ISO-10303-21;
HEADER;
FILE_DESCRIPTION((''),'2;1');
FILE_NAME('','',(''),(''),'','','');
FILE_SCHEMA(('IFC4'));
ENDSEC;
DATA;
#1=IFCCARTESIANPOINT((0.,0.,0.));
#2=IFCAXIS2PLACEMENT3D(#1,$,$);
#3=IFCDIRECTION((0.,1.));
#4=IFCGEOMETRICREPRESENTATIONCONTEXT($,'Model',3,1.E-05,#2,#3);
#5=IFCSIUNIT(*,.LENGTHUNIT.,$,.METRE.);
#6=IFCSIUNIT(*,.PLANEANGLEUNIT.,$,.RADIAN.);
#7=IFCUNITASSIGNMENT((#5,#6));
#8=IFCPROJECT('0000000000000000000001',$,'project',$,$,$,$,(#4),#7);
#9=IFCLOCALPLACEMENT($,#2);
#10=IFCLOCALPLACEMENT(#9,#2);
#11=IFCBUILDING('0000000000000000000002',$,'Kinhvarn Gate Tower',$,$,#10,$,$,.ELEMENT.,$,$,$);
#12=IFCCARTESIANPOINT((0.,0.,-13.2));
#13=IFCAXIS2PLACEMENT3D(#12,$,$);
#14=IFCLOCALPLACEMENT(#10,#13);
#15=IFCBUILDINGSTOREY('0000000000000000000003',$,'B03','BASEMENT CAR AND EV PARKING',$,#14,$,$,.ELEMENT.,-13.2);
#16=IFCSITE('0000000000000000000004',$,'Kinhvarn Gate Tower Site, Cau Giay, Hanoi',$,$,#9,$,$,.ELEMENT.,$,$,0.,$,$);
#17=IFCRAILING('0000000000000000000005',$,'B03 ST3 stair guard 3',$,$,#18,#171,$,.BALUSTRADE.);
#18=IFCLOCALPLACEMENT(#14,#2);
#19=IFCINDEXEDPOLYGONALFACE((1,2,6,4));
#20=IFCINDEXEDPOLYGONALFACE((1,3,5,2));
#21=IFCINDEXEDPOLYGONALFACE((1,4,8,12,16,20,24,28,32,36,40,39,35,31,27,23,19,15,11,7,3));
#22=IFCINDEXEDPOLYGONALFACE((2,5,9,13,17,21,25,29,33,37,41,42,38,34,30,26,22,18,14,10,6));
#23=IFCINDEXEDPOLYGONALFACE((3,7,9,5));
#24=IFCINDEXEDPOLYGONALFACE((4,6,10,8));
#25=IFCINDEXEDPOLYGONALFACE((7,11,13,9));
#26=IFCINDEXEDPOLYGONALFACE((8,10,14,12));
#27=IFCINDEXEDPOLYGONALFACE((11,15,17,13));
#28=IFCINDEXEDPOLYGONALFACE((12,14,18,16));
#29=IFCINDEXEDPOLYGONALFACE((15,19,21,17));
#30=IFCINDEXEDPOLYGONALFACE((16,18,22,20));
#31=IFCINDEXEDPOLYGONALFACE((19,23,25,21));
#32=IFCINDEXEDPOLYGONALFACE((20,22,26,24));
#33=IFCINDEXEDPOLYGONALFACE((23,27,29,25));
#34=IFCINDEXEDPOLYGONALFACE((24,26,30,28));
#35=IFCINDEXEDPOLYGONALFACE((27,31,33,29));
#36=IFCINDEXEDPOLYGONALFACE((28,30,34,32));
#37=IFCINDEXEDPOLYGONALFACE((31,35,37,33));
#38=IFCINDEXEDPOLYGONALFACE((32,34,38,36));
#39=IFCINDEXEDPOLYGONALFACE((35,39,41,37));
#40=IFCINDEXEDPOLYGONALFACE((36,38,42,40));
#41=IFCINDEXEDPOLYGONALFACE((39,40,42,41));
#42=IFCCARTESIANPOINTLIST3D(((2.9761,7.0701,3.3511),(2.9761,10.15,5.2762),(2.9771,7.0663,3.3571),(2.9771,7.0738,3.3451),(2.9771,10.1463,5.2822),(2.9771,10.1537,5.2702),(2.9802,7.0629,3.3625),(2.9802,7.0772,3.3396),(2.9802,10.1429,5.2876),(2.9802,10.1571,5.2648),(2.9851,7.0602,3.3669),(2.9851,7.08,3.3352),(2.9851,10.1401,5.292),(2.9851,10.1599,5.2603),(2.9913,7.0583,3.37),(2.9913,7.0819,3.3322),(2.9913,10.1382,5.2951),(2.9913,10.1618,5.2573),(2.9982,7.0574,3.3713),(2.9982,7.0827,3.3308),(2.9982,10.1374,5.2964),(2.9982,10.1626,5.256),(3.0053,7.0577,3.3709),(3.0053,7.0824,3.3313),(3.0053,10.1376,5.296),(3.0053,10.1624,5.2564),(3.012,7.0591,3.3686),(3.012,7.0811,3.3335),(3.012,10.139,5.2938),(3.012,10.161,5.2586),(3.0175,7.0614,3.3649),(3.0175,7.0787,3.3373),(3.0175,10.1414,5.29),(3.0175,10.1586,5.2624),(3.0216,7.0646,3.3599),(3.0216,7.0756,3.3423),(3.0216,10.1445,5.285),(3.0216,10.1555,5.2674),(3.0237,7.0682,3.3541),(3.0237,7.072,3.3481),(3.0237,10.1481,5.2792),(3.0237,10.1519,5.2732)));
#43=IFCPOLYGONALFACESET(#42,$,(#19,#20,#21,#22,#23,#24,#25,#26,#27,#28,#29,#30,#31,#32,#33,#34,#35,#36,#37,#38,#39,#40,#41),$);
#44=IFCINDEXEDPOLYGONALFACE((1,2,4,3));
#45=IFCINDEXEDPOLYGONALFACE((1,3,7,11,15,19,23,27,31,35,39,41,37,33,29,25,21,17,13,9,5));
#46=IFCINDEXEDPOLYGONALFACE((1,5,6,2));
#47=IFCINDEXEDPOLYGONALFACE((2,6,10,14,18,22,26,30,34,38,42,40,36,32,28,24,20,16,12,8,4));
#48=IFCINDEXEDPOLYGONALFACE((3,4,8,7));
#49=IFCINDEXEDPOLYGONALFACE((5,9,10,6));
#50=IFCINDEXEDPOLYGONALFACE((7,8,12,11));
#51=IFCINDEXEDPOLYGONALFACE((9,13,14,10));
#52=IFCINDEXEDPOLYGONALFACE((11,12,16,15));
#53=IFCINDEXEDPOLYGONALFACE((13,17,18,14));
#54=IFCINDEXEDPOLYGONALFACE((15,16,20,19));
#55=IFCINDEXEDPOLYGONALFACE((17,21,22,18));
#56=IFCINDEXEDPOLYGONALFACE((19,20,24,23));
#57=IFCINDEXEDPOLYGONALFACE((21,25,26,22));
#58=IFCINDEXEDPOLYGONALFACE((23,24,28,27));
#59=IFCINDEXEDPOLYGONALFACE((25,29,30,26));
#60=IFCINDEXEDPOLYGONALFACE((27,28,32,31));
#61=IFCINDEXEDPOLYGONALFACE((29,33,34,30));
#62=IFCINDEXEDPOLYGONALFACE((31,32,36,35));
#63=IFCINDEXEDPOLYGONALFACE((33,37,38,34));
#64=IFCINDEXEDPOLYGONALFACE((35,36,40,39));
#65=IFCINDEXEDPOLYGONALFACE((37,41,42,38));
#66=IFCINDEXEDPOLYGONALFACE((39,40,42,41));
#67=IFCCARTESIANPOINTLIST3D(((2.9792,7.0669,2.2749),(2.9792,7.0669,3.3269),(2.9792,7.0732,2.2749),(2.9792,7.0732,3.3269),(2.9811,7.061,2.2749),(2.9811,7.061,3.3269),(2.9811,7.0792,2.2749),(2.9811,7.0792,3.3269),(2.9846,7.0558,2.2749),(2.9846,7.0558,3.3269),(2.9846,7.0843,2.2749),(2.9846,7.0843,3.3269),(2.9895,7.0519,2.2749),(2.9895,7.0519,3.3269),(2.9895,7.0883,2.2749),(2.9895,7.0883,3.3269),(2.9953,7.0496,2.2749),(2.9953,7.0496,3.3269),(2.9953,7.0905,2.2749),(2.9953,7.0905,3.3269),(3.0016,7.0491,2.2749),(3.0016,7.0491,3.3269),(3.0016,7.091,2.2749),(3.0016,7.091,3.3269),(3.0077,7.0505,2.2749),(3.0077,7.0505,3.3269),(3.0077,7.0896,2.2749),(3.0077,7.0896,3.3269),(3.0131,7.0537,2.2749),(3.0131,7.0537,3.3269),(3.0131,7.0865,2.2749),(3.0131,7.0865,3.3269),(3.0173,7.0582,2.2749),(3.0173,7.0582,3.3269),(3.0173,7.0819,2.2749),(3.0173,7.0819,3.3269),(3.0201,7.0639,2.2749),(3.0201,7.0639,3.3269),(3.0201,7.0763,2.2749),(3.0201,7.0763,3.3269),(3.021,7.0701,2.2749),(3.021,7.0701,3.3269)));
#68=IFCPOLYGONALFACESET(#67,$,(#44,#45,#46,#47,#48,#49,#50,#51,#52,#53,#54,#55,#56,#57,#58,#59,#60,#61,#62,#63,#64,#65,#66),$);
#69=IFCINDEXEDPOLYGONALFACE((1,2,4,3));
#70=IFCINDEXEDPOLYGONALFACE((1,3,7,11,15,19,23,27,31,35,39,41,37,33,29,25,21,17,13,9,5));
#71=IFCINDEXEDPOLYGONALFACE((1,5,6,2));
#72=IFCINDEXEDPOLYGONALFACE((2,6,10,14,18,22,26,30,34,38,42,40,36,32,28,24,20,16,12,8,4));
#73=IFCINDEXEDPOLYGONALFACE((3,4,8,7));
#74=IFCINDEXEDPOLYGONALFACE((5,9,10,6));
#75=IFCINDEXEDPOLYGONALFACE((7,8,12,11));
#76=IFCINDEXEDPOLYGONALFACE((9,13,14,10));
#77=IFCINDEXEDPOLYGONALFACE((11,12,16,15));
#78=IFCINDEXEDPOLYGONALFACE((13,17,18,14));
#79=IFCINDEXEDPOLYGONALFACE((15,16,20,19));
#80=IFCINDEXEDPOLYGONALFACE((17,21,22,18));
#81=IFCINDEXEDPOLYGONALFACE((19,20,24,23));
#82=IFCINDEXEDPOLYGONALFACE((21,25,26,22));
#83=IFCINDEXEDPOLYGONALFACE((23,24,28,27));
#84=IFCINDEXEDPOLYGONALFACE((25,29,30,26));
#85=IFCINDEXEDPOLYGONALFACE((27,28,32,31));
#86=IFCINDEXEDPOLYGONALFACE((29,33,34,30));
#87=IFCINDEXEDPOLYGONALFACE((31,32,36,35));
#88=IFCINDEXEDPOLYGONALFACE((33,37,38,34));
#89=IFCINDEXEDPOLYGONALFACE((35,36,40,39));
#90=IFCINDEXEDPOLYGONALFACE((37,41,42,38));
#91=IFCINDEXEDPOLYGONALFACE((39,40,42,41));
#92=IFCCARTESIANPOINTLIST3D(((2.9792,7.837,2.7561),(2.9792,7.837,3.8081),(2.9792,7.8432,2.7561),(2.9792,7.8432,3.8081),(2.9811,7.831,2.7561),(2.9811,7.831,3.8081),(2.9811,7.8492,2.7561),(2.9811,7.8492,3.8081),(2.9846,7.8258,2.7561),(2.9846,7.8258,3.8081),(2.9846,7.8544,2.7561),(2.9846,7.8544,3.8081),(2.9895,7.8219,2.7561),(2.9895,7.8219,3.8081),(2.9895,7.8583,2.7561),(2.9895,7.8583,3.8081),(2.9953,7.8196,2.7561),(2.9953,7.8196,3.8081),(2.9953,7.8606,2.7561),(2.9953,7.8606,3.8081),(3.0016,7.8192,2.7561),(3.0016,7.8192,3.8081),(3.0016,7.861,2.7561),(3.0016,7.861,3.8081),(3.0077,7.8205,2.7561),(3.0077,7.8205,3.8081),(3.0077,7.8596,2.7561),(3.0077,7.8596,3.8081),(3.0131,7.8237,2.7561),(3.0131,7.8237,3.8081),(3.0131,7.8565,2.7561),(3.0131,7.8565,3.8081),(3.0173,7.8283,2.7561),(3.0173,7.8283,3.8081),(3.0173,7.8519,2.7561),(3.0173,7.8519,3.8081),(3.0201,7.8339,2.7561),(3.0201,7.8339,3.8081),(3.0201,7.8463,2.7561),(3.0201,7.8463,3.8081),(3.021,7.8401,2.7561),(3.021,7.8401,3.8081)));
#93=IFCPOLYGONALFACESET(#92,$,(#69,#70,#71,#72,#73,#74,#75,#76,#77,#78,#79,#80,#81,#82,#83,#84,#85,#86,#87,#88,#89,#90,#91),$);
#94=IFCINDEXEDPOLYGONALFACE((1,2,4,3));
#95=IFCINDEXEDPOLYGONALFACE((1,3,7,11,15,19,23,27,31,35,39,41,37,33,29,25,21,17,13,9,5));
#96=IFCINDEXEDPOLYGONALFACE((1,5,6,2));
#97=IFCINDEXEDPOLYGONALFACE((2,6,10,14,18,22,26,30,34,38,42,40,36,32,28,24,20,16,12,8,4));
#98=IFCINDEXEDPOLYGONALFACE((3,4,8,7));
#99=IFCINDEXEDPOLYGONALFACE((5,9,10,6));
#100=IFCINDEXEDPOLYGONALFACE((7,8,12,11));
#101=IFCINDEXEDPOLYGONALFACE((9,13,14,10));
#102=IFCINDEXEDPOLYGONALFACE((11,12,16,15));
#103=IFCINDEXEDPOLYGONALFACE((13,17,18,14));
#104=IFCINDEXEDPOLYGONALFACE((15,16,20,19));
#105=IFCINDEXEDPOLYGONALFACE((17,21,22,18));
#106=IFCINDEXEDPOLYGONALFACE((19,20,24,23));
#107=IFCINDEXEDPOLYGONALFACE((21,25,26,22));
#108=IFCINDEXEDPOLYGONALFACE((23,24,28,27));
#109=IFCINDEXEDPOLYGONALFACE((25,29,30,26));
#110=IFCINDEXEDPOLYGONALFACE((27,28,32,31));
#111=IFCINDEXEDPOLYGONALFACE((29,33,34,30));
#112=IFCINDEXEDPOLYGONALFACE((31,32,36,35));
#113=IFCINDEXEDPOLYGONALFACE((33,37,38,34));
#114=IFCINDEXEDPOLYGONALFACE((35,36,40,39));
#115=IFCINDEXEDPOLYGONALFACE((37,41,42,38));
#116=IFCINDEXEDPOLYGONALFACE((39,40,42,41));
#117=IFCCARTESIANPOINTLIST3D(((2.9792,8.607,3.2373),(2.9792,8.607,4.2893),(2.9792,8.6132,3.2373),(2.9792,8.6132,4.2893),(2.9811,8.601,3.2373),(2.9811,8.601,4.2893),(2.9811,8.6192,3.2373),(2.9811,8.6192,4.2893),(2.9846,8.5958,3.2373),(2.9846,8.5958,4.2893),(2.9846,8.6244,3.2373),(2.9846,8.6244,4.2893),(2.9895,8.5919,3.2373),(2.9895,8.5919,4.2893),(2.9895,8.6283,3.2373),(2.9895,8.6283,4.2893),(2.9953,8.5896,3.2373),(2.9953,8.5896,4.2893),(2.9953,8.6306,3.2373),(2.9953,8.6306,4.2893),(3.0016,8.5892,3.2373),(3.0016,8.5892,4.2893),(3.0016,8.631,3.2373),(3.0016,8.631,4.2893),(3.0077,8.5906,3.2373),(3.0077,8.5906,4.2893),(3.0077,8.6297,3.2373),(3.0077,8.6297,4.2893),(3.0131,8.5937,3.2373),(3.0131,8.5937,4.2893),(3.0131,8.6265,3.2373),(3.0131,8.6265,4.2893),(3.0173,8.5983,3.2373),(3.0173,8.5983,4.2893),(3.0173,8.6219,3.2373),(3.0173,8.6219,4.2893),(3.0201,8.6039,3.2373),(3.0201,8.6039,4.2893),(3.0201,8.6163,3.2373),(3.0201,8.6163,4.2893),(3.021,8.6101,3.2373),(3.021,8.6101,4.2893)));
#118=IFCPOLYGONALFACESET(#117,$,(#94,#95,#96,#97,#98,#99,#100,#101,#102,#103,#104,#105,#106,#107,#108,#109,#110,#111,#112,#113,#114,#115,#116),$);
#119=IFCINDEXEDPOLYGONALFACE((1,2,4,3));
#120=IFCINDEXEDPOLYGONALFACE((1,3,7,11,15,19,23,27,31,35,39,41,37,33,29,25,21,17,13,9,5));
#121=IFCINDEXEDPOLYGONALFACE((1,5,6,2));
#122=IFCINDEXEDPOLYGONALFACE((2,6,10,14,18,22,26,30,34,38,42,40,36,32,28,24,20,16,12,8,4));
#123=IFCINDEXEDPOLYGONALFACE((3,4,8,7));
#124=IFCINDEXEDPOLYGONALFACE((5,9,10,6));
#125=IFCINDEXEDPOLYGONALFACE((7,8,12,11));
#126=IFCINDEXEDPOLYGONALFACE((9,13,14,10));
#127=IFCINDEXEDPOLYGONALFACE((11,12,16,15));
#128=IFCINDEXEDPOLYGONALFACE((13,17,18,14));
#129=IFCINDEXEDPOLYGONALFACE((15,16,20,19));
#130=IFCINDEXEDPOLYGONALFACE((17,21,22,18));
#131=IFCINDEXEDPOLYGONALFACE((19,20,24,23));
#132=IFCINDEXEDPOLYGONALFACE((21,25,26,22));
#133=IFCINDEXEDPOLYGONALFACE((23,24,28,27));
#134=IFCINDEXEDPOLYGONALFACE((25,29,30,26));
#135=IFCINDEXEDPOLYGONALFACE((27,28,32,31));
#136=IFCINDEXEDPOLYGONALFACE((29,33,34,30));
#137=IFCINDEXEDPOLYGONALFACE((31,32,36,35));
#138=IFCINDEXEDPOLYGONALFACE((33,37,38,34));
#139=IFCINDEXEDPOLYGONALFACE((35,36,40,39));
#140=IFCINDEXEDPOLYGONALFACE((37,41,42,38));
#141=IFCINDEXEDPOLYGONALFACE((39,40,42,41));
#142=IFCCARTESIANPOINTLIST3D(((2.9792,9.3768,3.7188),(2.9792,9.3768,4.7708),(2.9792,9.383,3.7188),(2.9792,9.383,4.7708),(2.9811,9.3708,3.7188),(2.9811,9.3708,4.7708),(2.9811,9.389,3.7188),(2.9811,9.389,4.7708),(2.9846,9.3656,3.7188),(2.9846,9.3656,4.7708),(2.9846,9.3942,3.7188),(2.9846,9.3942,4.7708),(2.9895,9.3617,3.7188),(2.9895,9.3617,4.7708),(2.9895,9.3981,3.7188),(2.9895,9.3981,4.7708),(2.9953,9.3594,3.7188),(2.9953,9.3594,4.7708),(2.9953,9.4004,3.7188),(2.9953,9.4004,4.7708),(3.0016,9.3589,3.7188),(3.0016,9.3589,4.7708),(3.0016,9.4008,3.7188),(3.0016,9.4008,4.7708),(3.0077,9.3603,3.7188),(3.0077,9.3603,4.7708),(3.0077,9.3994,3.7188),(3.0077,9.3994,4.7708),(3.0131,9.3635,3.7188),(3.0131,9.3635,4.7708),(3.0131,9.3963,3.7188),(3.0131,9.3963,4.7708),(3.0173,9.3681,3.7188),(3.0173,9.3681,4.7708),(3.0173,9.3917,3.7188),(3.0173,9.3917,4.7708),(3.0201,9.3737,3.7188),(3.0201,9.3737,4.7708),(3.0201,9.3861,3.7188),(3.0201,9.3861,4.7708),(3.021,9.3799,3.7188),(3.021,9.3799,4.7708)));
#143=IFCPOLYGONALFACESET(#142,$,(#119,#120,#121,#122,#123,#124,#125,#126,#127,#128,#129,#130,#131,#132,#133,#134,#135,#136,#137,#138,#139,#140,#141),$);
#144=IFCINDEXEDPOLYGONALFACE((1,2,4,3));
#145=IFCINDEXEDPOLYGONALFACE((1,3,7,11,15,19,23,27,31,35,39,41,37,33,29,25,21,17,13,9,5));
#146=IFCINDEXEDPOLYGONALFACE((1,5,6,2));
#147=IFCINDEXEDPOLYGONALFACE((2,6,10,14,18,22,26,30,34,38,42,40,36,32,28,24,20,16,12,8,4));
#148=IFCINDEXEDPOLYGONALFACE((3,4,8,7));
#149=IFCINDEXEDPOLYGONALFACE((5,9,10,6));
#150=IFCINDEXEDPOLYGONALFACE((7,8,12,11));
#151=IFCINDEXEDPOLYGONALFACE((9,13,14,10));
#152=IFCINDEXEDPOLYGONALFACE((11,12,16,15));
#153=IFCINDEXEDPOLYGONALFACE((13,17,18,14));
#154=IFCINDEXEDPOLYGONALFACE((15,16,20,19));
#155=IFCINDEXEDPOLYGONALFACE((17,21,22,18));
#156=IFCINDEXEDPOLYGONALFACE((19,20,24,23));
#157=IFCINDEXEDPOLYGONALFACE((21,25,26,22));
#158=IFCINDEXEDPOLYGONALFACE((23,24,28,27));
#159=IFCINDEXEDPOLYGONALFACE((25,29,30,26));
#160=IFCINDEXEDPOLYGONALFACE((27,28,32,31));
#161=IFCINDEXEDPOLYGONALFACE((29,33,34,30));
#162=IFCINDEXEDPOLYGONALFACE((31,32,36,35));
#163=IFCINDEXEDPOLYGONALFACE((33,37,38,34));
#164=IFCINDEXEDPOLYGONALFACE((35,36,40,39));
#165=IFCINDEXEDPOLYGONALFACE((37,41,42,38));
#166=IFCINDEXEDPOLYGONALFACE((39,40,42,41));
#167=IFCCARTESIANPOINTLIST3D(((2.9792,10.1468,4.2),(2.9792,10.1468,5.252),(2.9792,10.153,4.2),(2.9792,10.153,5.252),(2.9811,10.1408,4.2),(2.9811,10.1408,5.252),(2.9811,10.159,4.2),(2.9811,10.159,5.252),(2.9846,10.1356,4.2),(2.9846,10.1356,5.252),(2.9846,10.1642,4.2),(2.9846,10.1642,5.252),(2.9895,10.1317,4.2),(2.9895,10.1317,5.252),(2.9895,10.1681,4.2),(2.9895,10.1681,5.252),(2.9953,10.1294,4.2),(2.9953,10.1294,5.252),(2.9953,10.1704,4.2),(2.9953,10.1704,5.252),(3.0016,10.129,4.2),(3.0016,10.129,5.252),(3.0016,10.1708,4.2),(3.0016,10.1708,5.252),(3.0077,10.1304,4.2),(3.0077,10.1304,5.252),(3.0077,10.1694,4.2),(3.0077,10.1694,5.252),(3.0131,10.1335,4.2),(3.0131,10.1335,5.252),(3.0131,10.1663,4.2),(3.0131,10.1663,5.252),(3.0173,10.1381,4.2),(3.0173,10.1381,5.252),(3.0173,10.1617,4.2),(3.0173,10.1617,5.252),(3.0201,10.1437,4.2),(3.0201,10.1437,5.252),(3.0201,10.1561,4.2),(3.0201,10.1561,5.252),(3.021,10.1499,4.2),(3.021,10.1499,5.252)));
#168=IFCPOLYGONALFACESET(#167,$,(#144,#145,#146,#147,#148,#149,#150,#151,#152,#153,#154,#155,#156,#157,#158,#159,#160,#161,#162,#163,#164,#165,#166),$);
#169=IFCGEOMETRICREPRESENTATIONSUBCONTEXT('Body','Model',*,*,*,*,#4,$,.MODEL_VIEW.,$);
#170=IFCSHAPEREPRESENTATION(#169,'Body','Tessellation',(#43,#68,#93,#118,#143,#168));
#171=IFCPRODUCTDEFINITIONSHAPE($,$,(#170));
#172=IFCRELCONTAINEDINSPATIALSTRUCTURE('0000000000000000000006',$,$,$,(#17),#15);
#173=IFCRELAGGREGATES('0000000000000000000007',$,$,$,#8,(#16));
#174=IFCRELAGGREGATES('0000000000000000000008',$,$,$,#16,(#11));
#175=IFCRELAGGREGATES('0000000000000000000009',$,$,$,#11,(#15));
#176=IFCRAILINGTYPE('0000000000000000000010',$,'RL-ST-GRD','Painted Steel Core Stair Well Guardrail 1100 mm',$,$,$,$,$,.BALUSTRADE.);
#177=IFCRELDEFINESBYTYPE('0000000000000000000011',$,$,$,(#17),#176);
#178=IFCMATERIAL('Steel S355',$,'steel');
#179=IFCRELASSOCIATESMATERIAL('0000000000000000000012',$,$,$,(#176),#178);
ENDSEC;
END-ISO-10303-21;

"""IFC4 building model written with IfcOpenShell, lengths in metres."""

from ifc_helpers import new_model, si_unit, direction, frame, origin, origin_2d, place, context, subcontext, project, spatial, circle, extrude, material, type_object, element, save


model = new_model("IFC4")

# Units and contexts
model_context = context("Model", 3, precision=1e-05, world=origin(), true_north=direction((0.0, 1.0)))
body_context = subcontext(model_context, "Body", "Model", "MODEL_VIEW")
ifc_project = project(units=[si_unit("LENGTHUNIT", "METRE"), si_unit("PLANEANGLEUNIT", "RADIAN")], contexts=[model_context])

# Site, building, storey
site_placement = place(None, origin())
site = spatial("IfcSite", under=ifc_project, at=site_placement, Name="Kinhvarn Gate Tower Site, Cau Giay, Hanoi", CompositionType="ELEMENT", RefElevation=0.0)
building_placement = place(site_placement, origin())
building = spatial("IfcBuilding", under=site, at=building_placement, Name="Kinhvarn Gate Tower", CompositionType="ELEMENT")
storey_placement = place(building_placement, frame((0.0, 0.0, -13.2)))
storey = spatial("IfcBuildingStorey", under=building, at=storey_placement, Name="B03", Description="BASEMENT CAR AND EV PARKING", CompositionType="ELEMENT", Elevation=-13.2)

# Shared definitions
ifc_material_1 = material(Name="Steel S355", Category="steel")

# Railing
railing_type_1 = type_object("IfcRailingType", Name="RL-ST-GRD", Description="Painted Steel Core Stair Well Guardrail 1100 mm", PredefinedType="BALUSTRADE", material=ifc_material_1)
railing_1_placement = place(storey_placement, frame((3.0, 7.0701, 2.2749)))
element("IfcRailing", 1, at=railing_1_placement, inside=storey, type_object=railing_type_1, Name="B03 ST3 stair guard 3", PredefinedType="BALUSTRADE", context=body_context, shape_type="SweptSolid", body=[
    extrude(circle(Radius=0.0239, at=origin_2d()), frame((0.0, 0.0, 1.0762), z_axis=(0.0, 0.847979, 0.530029), x_axis=(-1.0, 0.0, 0.0)), (0.0, 0.0, 1.0), 3.6321),
    extrude(circle(Radius=0.021, at=origin_2d()), origin(), (0.0, 0.0, 1.0), 1.052),
    extrude(circle(Radius=0.021, at=origin_2d()), frame((0.0, 0.77, 0.4812)), (0.0, 0.0, 1.0), 1.052),
    extrude(circle(Radius=0.021, at=origin_2d()), frame((0.0, 1.54, 0.9624)), (0.0, 0.0, 1.0), 1.052),
    extrude(circle(Radius=0.021, at=origin_2d()), frame((0.0, 2.3098, 1.4438)), (0.0, 0.0, 1.0), 1.052),
    extrude(circle(Radius=0.021, at=origin_2d()), frame((0.0, 3.0798, 1.925)), (0.0, 0.0, 1.0), 1.052),
])

save(model, "model.ifc")
